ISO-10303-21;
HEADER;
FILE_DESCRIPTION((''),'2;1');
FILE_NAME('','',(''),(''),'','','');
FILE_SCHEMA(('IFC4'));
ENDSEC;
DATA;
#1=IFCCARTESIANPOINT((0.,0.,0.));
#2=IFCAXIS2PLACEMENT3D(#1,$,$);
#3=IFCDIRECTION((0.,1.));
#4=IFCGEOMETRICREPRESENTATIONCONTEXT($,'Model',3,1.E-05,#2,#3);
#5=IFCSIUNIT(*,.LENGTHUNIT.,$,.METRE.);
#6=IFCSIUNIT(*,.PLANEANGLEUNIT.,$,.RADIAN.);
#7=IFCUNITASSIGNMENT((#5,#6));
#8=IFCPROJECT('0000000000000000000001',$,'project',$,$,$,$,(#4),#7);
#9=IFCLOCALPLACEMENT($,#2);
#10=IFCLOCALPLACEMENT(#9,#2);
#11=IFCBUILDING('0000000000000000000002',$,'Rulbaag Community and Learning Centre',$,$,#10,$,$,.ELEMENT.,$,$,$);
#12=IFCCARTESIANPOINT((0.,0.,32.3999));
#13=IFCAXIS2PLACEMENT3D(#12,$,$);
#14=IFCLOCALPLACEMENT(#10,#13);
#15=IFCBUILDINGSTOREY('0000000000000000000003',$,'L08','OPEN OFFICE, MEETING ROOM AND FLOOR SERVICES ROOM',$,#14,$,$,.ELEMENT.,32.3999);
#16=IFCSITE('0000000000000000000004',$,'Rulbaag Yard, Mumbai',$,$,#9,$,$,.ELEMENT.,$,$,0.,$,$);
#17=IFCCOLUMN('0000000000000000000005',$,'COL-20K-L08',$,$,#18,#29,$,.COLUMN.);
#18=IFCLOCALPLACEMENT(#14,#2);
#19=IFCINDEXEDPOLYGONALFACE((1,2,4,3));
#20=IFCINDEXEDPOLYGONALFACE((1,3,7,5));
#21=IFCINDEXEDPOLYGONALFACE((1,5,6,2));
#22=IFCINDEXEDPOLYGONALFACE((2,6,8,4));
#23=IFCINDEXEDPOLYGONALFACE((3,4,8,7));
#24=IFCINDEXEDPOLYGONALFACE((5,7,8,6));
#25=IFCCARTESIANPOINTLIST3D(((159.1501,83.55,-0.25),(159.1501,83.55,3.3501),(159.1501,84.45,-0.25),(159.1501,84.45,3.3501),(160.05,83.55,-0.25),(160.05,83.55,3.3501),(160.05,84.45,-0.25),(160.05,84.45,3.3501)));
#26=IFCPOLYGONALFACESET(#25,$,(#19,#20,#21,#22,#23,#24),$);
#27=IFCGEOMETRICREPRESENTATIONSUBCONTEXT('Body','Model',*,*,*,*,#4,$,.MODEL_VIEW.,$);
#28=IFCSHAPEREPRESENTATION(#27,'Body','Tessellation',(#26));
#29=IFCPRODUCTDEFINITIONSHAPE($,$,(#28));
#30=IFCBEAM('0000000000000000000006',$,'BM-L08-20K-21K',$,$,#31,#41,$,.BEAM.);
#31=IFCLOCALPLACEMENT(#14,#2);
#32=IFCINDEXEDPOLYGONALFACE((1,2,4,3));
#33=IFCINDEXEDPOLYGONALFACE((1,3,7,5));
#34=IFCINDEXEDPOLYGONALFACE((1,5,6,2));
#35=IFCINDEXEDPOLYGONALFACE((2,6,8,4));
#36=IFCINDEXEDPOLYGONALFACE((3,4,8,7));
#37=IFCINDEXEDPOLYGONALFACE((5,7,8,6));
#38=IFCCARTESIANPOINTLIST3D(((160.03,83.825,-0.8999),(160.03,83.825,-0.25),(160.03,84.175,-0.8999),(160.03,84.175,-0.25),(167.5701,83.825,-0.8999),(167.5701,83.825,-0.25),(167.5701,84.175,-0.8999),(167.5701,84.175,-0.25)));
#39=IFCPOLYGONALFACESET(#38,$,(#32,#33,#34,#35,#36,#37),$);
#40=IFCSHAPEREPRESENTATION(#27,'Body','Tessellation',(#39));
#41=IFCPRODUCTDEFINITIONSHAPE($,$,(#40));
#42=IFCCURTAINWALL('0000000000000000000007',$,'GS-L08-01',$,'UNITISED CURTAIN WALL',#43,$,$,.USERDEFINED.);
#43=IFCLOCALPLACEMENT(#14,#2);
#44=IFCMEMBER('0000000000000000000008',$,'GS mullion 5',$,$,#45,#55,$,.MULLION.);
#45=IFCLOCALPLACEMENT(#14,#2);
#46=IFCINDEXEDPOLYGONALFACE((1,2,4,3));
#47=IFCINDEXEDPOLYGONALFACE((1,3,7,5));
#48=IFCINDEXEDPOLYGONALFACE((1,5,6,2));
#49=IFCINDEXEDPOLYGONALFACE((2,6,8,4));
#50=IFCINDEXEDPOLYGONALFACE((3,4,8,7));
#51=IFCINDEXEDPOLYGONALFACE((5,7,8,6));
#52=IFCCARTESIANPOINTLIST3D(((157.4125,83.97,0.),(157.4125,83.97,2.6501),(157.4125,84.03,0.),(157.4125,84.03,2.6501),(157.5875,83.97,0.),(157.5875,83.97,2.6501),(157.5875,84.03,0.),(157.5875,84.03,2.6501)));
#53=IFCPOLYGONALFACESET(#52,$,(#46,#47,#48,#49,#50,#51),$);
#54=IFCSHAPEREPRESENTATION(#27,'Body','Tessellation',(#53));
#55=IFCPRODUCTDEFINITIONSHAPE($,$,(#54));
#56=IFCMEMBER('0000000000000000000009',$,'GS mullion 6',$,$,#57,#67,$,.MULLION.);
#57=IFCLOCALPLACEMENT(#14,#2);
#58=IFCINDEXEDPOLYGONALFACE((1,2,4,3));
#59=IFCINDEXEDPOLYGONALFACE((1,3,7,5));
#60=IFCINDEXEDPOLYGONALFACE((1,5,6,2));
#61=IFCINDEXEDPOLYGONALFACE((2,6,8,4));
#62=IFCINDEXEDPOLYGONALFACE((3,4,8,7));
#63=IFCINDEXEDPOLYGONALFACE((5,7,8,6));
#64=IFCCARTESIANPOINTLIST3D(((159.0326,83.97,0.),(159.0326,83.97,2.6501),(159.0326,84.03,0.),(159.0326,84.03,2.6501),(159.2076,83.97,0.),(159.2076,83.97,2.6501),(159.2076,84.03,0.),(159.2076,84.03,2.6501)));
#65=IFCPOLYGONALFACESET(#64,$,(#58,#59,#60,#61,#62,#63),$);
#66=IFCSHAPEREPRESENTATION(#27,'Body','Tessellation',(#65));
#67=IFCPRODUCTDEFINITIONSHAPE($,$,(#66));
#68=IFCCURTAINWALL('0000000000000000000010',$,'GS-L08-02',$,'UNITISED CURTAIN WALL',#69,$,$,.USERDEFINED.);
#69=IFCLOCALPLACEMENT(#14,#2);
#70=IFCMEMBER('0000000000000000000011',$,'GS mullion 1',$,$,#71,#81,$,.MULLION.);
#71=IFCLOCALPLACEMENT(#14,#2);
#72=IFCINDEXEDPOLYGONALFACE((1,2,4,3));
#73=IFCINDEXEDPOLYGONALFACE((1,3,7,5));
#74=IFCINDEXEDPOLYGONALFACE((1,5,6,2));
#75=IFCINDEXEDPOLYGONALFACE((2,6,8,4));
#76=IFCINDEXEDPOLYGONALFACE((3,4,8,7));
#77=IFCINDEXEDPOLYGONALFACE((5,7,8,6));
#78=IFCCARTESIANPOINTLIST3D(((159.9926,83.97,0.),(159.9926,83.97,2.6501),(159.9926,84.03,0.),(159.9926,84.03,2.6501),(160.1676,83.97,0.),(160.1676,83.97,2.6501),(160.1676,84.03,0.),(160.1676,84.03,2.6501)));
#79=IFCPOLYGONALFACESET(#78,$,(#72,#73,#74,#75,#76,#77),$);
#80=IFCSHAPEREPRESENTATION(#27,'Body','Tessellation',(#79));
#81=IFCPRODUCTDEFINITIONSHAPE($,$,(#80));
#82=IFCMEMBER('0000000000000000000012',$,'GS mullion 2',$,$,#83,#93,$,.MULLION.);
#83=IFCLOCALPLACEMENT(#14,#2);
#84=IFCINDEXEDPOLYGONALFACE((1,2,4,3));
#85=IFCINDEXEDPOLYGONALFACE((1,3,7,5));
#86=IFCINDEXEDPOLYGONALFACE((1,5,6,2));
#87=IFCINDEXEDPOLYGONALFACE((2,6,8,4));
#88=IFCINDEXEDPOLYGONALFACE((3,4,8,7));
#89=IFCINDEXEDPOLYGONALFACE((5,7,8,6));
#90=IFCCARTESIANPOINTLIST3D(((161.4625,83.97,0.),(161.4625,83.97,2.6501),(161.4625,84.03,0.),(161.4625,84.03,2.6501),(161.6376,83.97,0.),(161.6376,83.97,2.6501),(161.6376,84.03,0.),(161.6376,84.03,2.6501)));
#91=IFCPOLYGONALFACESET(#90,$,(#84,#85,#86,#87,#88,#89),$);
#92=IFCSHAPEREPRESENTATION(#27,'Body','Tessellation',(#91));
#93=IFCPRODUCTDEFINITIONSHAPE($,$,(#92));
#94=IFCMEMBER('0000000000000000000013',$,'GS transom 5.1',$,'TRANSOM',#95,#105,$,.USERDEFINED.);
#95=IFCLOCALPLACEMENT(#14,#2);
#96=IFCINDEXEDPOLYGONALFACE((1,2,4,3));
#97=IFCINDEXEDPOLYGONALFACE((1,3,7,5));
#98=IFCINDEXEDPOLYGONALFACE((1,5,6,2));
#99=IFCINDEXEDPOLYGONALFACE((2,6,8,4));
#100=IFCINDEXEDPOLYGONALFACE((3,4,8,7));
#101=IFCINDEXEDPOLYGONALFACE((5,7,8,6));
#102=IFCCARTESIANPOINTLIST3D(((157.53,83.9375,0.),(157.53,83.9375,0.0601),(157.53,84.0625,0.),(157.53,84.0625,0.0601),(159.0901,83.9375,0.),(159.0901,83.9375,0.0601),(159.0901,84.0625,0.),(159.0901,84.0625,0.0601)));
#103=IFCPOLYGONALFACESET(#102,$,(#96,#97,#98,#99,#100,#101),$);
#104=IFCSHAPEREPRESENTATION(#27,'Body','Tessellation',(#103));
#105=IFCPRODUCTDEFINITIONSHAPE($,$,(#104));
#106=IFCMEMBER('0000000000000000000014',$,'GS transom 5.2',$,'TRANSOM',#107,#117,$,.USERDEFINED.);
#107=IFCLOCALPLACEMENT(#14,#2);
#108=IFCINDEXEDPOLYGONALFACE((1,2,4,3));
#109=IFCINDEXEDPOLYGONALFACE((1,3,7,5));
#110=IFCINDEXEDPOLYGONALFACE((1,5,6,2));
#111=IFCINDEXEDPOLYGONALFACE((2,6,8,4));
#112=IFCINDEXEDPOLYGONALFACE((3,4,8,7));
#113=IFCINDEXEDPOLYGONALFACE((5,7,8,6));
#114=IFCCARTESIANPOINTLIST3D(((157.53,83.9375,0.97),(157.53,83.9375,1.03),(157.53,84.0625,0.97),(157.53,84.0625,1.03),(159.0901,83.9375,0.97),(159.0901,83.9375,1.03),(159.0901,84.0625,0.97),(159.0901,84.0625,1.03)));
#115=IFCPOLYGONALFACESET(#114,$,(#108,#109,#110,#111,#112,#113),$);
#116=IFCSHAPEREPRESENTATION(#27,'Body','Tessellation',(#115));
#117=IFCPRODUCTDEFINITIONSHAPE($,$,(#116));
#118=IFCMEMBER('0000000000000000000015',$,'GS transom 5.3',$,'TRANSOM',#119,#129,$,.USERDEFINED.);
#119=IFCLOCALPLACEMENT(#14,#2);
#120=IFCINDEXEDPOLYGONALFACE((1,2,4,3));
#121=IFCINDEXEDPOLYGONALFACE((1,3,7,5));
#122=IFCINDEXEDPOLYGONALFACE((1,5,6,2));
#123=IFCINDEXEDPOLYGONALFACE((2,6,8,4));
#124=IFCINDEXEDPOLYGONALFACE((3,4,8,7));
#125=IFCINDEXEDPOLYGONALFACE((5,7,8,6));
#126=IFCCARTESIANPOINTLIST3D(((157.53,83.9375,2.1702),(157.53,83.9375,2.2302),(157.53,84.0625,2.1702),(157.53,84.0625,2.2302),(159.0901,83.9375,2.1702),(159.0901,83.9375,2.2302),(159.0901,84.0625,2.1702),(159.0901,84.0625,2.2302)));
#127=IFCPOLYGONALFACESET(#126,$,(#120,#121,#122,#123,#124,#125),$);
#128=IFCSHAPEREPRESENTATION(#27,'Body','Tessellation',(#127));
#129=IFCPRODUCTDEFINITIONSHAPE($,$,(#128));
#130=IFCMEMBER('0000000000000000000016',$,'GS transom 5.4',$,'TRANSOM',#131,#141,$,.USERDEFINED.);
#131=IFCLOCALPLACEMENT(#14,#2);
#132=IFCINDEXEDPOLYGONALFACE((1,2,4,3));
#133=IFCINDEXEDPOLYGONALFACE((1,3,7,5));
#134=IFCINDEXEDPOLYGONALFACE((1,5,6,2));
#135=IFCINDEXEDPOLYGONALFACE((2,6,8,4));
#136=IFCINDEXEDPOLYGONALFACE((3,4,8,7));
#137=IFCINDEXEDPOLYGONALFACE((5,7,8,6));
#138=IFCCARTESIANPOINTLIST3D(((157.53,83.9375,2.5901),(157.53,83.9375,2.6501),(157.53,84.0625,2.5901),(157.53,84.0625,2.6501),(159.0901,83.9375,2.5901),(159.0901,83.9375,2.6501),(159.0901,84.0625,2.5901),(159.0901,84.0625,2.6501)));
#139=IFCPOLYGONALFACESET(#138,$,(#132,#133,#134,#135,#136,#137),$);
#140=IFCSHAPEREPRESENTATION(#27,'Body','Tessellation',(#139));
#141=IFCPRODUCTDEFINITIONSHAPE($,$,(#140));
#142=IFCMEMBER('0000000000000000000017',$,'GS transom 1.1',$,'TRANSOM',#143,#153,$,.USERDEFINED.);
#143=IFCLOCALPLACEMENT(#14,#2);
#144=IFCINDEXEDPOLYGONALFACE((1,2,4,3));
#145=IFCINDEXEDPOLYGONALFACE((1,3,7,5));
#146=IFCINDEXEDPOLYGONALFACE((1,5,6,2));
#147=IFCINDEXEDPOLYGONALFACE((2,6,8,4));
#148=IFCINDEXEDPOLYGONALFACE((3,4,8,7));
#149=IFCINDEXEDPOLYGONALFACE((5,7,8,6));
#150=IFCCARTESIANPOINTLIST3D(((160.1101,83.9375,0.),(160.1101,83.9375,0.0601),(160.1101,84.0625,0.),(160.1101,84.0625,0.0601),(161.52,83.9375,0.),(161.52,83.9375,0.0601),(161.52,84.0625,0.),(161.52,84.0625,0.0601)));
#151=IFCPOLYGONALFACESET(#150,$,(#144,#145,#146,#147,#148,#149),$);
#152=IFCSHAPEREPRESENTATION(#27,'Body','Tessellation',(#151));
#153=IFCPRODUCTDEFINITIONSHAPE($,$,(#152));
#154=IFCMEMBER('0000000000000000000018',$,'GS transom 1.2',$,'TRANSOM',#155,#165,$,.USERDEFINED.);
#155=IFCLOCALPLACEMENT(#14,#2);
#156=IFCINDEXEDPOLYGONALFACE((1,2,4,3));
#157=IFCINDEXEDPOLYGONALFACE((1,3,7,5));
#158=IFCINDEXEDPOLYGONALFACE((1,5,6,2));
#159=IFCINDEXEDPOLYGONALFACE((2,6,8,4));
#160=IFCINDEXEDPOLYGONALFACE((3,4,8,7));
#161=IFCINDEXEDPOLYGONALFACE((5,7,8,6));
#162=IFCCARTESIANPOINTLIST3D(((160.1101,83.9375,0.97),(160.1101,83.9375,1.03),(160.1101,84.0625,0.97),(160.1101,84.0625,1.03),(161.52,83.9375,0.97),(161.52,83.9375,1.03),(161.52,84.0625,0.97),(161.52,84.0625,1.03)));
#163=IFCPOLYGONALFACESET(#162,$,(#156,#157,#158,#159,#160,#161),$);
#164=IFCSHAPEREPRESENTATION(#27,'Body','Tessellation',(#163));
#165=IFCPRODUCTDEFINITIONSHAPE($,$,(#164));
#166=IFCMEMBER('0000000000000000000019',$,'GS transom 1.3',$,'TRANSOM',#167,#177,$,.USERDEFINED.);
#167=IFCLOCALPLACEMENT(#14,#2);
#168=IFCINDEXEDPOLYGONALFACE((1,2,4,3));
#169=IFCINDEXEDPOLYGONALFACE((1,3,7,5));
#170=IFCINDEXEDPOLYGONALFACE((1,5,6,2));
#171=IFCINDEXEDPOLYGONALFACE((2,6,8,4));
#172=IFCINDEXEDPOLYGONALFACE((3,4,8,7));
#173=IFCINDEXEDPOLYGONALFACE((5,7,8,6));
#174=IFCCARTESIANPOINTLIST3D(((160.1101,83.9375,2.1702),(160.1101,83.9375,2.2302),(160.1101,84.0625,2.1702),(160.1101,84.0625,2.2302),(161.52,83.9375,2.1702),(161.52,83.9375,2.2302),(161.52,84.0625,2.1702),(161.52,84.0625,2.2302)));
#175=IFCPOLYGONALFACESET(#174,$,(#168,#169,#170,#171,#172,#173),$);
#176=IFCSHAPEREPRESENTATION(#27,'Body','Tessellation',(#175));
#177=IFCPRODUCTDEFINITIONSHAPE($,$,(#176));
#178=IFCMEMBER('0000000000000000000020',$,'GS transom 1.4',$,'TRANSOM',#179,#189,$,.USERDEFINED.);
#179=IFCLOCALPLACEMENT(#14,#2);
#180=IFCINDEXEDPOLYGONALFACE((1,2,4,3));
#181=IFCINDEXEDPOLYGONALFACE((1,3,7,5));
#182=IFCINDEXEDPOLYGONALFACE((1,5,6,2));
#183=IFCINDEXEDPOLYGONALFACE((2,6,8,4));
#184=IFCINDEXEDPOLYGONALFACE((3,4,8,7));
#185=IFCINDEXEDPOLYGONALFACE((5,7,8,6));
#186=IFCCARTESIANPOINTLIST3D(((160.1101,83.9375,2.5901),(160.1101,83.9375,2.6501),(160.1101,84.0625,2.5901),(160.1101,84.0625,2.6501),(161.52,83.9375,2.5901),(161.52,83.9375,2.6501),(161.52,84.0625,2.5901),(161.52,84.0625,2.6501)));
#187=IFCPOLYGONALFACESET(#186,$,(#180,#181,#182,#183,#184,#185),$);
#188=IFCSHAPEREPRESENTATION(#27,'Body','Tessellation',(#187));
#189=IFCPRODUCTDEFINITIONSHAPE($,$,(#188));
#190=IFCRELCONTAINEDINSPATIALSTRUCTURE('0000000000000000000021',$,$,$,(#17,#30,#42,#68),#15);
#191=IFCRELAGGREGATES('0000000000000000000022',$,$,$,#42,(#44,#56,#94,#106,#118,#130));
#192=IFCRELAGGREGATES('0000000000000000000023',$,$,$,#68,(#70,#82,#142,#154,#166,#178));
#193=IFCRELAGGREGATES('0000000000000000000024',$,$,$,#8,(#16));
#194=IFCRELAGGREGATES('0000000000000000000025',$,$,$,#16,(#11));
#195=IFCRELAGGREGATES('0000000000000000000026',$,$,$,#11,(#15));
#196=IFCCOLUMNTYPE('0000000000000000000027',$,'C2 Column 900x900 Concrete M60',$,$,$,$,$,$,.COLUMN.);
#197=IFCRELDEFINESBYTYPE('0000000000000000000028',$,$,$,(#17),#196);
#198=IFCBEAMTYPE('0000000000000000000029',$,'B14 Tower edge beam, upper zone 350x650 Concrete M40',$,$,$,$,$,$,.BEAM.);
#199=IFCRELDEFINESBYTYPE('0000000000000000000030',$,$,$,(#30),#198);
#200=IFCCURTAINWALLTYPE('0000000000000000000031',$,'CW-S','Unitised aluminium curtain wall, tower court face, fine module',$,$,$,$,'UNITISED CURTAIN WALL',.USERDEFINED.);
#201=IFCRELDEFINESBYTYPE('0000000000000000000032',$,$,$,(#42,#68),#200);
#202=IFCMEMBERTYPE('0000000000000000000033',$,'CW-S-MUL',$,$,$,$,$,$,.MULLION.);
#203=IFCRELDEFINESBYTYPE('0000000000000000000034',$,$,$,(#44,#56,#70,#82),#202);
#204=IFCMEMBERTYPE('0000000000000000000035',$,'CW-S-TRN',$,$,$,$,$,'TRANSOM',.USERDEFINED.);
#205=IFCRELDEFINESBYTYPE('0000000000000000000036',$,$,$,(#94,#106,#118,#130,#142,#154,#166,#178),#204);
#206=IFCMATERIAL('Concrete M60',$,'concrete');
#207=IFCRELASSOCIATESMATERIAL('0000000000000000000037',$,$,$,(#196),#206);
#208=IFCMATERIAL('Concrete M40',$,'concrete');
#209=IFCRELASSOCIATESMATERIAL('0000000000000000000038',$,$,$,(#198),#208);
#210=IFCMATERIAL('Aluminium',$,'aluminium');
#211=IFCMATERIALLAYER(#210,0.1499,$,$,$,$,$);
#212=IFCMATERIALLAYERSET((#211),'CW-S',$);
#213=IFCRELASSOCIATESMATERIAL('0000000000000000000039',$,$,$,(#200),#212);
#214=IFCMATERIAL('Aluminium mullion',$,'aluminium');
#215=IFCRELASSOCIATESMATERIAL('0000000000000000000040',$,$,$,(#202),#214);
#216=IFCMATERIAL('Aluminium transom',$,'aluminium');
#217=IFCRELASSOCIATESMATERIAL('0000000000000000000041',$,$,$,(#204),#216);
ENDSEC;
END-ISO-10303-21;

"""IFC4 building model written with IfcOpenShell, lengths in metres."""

from ifc_helpers import new_model, si_unit, direction, frame, origin, origin_2d, place, context, subcontext, project, spatial, rectangle, extrude, material, layer, layer_set, material_profile, profile_set, type_object, element, aggregate, save


model = new_model("IFC4")

# Units and contexts
model_context = context("Model", 3, precision=1e-05, world=origin(), true_north=direction((0.0, 1.0)))
body_context = subcontext(model_context, "Body", "Model", "MODEL_VIEW")
ifc_project = project(units=[si_unit("LENGTHUNIT", "METRE"), si_unit("PLANEANGLEUNIT", "RADIAN")], contexts=[model_context])

# Site, building, storey
site_placement = place(None, origin())
site = spatial("IfcSite", under=ifc_project, at=site_placement, Name="Rulbaag Yard, Mumbai", CompositionType="ELEMENT", RefElevation=0.0)
building_placement = place(site_placement, origin())
building = spatial("IfcBuilding", under=site, at=building_placement, Name="Rulbaag Community and Learning Centre", CompositionType="ELEMENT")
storey_placement = place(building_placement, frame((0.0, 0.0, 32.3999)))
storey = spatial("IfcBuildingStorey", under=building, at=storey_placement, Name="L08", Description="OPEN OFFICE, MEETING ROOM AND FLOOR SERVICES ROOM", CompositionType="ELEMENT", Elevation=32.3999)

# Column
ifc_material_1 = material(Name="Concrete M60", Category="concrete")
ifc_material_profile_1 = material_profile(ifc_material_1, rectangle(XDim=0.8999, YDim=0.8999, at=origin_2d()), Name="RC900x900")
ifc_profile_set_1 = profile_set([ifc_material_profile_1], Name="Concrete M60")
column_type = type_object("IfcColumnType", Name="C2 Column 900x900 Concrete M60", PredefinedType="COLUMN", material=ifc_profile_set_1)
column_placement = place(storey_placement, frame((159.6001, 84.0, -0.25), z_axis=(0.0, 0.0, 1.0), x_axis=(1.0, 0.0, 0.0)))
element("IfcColumn", 1, at=column_placement, inside=storey, type_object=column_type, Name="COL-20K-L08", PredefinedType="COLUMN", context=body_context, shape_type="SweptSolid", body=[
    extrude(rectangle(XDim=0.8999, YDim=0.8999, at=origin_2d()), origin(), (0.0, 0.0, 1.0), 3.6001),
])

# Beam
ifc_material_2 = material(Name="Concrete M40", Category="concrete")
ifc_material_profile_2 = material_profile(ifc_material_2, rectangle(XDim=0.3501, YDim=0.6499, at=origin_2d()), Name="RB350x650")
ifc_profile_set_2 = profile_set([ifc_material_profile_2], Name="Concrete M40")
beam_type = type_object("IfcBeamType", Name="B14 Tower edge beam, upper zone 350x650 Concrete M40", PredefinedType="BEAM", material=ifc_profile_set_2)
beam_placement = place(storey_placement, frame((160.03, 84.0, -0.575), z_axis=(1.0, 0.0, 0.0), x_axis=(0.0, 1.0, 0.0)))
element("IfcBeam", 2, at=beam_placement, inside=storey, type_object=beam_type, Name="BM-L08-20K-21K", PredefinedType="BEAM", context=body_context, shape_type="SweptSolid", body=[
    extrude(rectangle(XDim=0.3501, YDim=0.6499, at=origin_2d()), origin(), (0.0, 0.0, 1.0), 7.54),
])

# Curtain walls, members
ifc_material_3 = material(Name="Aluminium", Category="aluminium")
ifc_layer_1 = layer(ifc_material_3, 0.1499)
ifc_layer_set_1 = layer_set([ifc_layer_1], Name="CW-S")
curtain_wall_type = type_object("IfcCurtainWallType", Name="CW-S", Description="Unitised aluminium curtain wall, tower court face, fine module", ElementType="UNITISED CURTAIN WALL", PredefinedType="USERDEFINED", material=ifc_layer_set_1)
curtain_wall_1_placement = place(storey_placement, origin())
curtain_wall_1 = element("IfcCurtainWall", 3, at=curtain_wall_1_placement, inside=storey, type_object=curtain_wall_type, Name="GS-L08-01", ObjectType="UNITISED CURTAIN WALL", PredefinedType="USERDEFINED")
ifc_material_4 = material(Name="Aluminium mullion", Category="aluminium")
ifc_material_profile_3 = material_profile(ifc_material_4, rectangle(XDim=0.0601, YDim=0.175, at=origin_2d()), Name="AL 60x175")
ifc_profile_set_3 = profile_set([ifc_material_profile_3], Name="Aluminium mullion")
member_type_1 = type_object("IfcMemberType", Name="CW-S-MUL", PredefinedType="MULLION", material=ifc_profile_set_3)
member_1_placement = place(storey_placement, frame((157.5, 84.0, 0.0), z_axis=(0.0, 0.0, 1.0), x_axis=(0.0, 1.0, 0.0)))
member_1 = element("IfcMember", 4, at=member_1_placement, type_object=member_type_1, Name="GS mullion 5", PredefinedType="MULLION", context=body_context, shape_type="SweptSolid", body=[
    extrude(rectangle(XDim=0.0601, YDim=0.175, at=origin_2d()), origin(), (0.0, 0.0, 1.0), 2.6501),
])
member_2_placement = place(storey_placement, frame((159.1201, 84.0, 0.0), z_axis=(0.0, 0.0, 1.0), x_axis=(0.0, 1.0, 0.0)))
member_2 = element("IfcMember", 5, at=member_2_placement, type_object=member_type_1, Name="GS mullion 6", PredefinedType="MULLION", context=body_context, shape_type="SweptSolid", body=[
    extrude(rectangle(XDim=0.0601, YDim=0.175, at=origin_2d()), origin(), (0.0, 0.0, 1.0), 2.6501),
])
curtain_wall_2_placement = place(storey_placement, origin())
curtain_wall_2 = element("IfcCurtainWall", 6, at=curtain_wall_2_placement, inside=storey, type_object=curtain_wall_type, Name="GS-L08-02", ObjectType="UNITISED CURTAIN WALL", PredefinedType="USERDEFINED")
member_3_placement = place(storey_placement, frame((160.0801, 84.0, 0.0), z_axis=(0.0, 0.0, 1.0), x_axis=(0.0, 1.0, 0.0)))
member_3 = element("IfcMember", 7, at=member_3_placement, type_object=member_type_1, Name="GS mullion 1", PredefinedType="MULLION", context=body_context, shape_type="SweptSolid", body=[
    extrude(rectangle(XDim=0.0601, YDim=0.175, at=origin_2d()), origin(), (0.0, 0.0, 1.0), 2.6501),
])
member_4_placement = place(storey_placement, frame((161.55, 84.0, 0.0), z_axis=(0.0, 0.0, 1.0), x_axis=(0.0, 1.0, 0.0)))
member_4 = element("IfcMember", 8, at=member_4_placement, type_object=member_type_1, Name="GS mullion 2", PredefinedType="MULLION", context=body_context, shape_type="SweptSolid", body=[
    extrude(rectangle(XDim=0.0601, YDim=0.175, at=origin_2d()), origin(), (0.0, 0.0, 1.0), 2.6501),
])

# Members
ifc_material_5 = material(Name="Aluminium transom", Category="aluminium")
ifc_material_profile_4 = material_profile(ifc_material_5, rectangle(XDim=0.125, YDim=0.0601, at=origin_2d()), Name="AL 60x125 T")
ifc_profile_set_4 = profile_set([ifc_material_profile_4], Name="Aluminium transom")
member_type_2 = type_object("IfcMemberType", Name="CW-S-TRN", ElementType="TRANSOM", PredefinedType="USERDEFINED", material=ifc_profile_set_4)
member_5_placement = place(storey_placement, frame((157.53, 84.0, 0.03), z_axis=(1.0, 0.0, 0.0), x_axis=(0.0, 1.0, 0.0)))
member_5 = element("IfcMember", 9, at=member_5_placement, type_object=member_type_2, Name="GS transom 5.1", ObjectType="TRANSOM", PredefinedType="USERDEFINED", context=body_context, shape_type="SweptSolid", body=[
    extrude(rectangle(XDim=0.125, YDim=0.0601, at=origin_2d()), origin(), (0.0, 0.0, 1.0), 1.5601),
])
member_6_placement = place(storey_placement, frame((157.53, 84.0, 1.0), z_axis=(1.0, 0.0, 0.0), x_axis=(0.0, 1.0, 0.0)))
member_6 = element("IfcMember", 10, at=member_6_placement, type_object=member_type_2, Name="GS transom 5.2", ObjectType="TRANSOM", PredefinedType="USERDEFINED", context=body_context, shape_type="SweptSolid", body=[
    extrude(rectangle(XDim=0.125, YDim=0.0601, at=origin_2d()), origin(), (0.0, 0.0, 1.0), 1.5601),
])
member_7_placement = place(storey_placement, frame((157.53, 84.0, 2.2002), z_axis=(1.0, 0.0, 0.0), x_axis=(0.0, 1.0, 0.0)))
member_7 = element("IfcMember", 11, at=member_7_placement, type_object=member_type_2, Name="GS transom 5.3", ObjectType="TRANSOM", PredefinedType="USERDEFINED", context=body_context, shape_type="SweptSolid", body=[
    extrude(rectangle(XDim=0.125, YDim=0.0601, at=origin_2d()), origin(), (0.0, 0.0, 1.0), 1.5601),
])
member_8_placement = place(storey_placement, frame((157.53, 84.0, 2.6201), z_axis=(1.0, 0.0, 0.0), x_axis=(0.0, 1.0, 0.0)))
member_8 = element("IfcMember", 12, at=member_8_placement, type_object=member_type_2, Name="GS transom 5.4", ObjectType="TRANSOM", PredefinedType="USERDEFINED", context=body_context, shape_type="SweptSolid", body=[
    extrude(rectangle(XDim=0.125, YDim=0.0601, at=origin_2d()), origin(), (0.0, 0.0, 1.0), 1.5601),
])
member_9_placement = place(storey_placement, frame((160.1101, 84.0, 0.03), z_axis=(1.0, 0.0, 0.0), x_axis=(0.0, 1.0, 0.0)))
member_9 = element("IfcMember", 13, at=member_9_placement, type_object=member_type_2, Name="GS transom 1.1", ObjectType="TRANSOM", PredefinedType="USERDEFINED", context=body_context, shape_type="SweptSolid", body=[
    extrude(rectangle(XDim=0.125, YDim=0.0601, at=origin_2d()), origin(), (0.0, 0.0, 1.0), 1.4099),
])
member_10_placement = place(storey_placement, frame((160.1101, 84.0, 1.0), z_axis=(1.0, 0.0, 0.0), x_axis=(0.0, 1.0, 0.0)))
member_10 = element("IfcMember", 14, at=member_10_placement, type_object=member_type_2, Name="GS transom 1.2", ObjectType="TRANSOM", PredefinedType="USERDEFINED", context=body_context, shape_type="SweptSolid", body=[
    extrude(rectangle(XDim=0.125, YDim=0.0601, at=origin_2d()), origin(), (0.0, 0.0, 1.0), 1.4099),
])
member_11_placement = place(storey_placement, frame((160.1101, 84.0, 2.2002), z_axis=(1.0, 0.0, 0.0), x_axis=(0.0, 1.0, 0.0)))
member_11 = element("IfcMember", 15, at=member_11_placement, type_object=member_type_2, Name="GS transom 1.3", ObjectType="TRANSOM", PredefinedType="USERDEFINED", context=body_context, shape_type="SweptSolid", body=[
    extrude(rectangle(XDim=0.125, YDim=0.0601, at=origin_2d()), origin(), (0.0, 0.0, 1.0), 1.4099),
])
member_12_placement = place(storey_placement, frame((160.1101, 84.0, 2.6201), z_axis=(1.0, 0.0, 0.0), x_axis=(0.0, 1.0, 0.0)))
member_12 = element("IfcMember", 16, at=member_12_placement, type_object=member_type_2, Name="GS transom 1.4", ObjectType="TRANSOM", PredefinedType="USERDEFINED", context=body_context, shape_type="SweptSolid", body=[
    extrude(rectangle(XDim=0.125, YDim=0.0601, at=origin_2d()), origin(), (0.0, 0.0, 1.0), 1.4099),
])

aggregate(curtain_wall_1, [member_1, member_2, member_5, member_6, member_7, member_8])
aggregate(curtain_wall_2, [member_3, member_4, member_9, member_10, member_11, member_12])

save(model, "model.ifc")
